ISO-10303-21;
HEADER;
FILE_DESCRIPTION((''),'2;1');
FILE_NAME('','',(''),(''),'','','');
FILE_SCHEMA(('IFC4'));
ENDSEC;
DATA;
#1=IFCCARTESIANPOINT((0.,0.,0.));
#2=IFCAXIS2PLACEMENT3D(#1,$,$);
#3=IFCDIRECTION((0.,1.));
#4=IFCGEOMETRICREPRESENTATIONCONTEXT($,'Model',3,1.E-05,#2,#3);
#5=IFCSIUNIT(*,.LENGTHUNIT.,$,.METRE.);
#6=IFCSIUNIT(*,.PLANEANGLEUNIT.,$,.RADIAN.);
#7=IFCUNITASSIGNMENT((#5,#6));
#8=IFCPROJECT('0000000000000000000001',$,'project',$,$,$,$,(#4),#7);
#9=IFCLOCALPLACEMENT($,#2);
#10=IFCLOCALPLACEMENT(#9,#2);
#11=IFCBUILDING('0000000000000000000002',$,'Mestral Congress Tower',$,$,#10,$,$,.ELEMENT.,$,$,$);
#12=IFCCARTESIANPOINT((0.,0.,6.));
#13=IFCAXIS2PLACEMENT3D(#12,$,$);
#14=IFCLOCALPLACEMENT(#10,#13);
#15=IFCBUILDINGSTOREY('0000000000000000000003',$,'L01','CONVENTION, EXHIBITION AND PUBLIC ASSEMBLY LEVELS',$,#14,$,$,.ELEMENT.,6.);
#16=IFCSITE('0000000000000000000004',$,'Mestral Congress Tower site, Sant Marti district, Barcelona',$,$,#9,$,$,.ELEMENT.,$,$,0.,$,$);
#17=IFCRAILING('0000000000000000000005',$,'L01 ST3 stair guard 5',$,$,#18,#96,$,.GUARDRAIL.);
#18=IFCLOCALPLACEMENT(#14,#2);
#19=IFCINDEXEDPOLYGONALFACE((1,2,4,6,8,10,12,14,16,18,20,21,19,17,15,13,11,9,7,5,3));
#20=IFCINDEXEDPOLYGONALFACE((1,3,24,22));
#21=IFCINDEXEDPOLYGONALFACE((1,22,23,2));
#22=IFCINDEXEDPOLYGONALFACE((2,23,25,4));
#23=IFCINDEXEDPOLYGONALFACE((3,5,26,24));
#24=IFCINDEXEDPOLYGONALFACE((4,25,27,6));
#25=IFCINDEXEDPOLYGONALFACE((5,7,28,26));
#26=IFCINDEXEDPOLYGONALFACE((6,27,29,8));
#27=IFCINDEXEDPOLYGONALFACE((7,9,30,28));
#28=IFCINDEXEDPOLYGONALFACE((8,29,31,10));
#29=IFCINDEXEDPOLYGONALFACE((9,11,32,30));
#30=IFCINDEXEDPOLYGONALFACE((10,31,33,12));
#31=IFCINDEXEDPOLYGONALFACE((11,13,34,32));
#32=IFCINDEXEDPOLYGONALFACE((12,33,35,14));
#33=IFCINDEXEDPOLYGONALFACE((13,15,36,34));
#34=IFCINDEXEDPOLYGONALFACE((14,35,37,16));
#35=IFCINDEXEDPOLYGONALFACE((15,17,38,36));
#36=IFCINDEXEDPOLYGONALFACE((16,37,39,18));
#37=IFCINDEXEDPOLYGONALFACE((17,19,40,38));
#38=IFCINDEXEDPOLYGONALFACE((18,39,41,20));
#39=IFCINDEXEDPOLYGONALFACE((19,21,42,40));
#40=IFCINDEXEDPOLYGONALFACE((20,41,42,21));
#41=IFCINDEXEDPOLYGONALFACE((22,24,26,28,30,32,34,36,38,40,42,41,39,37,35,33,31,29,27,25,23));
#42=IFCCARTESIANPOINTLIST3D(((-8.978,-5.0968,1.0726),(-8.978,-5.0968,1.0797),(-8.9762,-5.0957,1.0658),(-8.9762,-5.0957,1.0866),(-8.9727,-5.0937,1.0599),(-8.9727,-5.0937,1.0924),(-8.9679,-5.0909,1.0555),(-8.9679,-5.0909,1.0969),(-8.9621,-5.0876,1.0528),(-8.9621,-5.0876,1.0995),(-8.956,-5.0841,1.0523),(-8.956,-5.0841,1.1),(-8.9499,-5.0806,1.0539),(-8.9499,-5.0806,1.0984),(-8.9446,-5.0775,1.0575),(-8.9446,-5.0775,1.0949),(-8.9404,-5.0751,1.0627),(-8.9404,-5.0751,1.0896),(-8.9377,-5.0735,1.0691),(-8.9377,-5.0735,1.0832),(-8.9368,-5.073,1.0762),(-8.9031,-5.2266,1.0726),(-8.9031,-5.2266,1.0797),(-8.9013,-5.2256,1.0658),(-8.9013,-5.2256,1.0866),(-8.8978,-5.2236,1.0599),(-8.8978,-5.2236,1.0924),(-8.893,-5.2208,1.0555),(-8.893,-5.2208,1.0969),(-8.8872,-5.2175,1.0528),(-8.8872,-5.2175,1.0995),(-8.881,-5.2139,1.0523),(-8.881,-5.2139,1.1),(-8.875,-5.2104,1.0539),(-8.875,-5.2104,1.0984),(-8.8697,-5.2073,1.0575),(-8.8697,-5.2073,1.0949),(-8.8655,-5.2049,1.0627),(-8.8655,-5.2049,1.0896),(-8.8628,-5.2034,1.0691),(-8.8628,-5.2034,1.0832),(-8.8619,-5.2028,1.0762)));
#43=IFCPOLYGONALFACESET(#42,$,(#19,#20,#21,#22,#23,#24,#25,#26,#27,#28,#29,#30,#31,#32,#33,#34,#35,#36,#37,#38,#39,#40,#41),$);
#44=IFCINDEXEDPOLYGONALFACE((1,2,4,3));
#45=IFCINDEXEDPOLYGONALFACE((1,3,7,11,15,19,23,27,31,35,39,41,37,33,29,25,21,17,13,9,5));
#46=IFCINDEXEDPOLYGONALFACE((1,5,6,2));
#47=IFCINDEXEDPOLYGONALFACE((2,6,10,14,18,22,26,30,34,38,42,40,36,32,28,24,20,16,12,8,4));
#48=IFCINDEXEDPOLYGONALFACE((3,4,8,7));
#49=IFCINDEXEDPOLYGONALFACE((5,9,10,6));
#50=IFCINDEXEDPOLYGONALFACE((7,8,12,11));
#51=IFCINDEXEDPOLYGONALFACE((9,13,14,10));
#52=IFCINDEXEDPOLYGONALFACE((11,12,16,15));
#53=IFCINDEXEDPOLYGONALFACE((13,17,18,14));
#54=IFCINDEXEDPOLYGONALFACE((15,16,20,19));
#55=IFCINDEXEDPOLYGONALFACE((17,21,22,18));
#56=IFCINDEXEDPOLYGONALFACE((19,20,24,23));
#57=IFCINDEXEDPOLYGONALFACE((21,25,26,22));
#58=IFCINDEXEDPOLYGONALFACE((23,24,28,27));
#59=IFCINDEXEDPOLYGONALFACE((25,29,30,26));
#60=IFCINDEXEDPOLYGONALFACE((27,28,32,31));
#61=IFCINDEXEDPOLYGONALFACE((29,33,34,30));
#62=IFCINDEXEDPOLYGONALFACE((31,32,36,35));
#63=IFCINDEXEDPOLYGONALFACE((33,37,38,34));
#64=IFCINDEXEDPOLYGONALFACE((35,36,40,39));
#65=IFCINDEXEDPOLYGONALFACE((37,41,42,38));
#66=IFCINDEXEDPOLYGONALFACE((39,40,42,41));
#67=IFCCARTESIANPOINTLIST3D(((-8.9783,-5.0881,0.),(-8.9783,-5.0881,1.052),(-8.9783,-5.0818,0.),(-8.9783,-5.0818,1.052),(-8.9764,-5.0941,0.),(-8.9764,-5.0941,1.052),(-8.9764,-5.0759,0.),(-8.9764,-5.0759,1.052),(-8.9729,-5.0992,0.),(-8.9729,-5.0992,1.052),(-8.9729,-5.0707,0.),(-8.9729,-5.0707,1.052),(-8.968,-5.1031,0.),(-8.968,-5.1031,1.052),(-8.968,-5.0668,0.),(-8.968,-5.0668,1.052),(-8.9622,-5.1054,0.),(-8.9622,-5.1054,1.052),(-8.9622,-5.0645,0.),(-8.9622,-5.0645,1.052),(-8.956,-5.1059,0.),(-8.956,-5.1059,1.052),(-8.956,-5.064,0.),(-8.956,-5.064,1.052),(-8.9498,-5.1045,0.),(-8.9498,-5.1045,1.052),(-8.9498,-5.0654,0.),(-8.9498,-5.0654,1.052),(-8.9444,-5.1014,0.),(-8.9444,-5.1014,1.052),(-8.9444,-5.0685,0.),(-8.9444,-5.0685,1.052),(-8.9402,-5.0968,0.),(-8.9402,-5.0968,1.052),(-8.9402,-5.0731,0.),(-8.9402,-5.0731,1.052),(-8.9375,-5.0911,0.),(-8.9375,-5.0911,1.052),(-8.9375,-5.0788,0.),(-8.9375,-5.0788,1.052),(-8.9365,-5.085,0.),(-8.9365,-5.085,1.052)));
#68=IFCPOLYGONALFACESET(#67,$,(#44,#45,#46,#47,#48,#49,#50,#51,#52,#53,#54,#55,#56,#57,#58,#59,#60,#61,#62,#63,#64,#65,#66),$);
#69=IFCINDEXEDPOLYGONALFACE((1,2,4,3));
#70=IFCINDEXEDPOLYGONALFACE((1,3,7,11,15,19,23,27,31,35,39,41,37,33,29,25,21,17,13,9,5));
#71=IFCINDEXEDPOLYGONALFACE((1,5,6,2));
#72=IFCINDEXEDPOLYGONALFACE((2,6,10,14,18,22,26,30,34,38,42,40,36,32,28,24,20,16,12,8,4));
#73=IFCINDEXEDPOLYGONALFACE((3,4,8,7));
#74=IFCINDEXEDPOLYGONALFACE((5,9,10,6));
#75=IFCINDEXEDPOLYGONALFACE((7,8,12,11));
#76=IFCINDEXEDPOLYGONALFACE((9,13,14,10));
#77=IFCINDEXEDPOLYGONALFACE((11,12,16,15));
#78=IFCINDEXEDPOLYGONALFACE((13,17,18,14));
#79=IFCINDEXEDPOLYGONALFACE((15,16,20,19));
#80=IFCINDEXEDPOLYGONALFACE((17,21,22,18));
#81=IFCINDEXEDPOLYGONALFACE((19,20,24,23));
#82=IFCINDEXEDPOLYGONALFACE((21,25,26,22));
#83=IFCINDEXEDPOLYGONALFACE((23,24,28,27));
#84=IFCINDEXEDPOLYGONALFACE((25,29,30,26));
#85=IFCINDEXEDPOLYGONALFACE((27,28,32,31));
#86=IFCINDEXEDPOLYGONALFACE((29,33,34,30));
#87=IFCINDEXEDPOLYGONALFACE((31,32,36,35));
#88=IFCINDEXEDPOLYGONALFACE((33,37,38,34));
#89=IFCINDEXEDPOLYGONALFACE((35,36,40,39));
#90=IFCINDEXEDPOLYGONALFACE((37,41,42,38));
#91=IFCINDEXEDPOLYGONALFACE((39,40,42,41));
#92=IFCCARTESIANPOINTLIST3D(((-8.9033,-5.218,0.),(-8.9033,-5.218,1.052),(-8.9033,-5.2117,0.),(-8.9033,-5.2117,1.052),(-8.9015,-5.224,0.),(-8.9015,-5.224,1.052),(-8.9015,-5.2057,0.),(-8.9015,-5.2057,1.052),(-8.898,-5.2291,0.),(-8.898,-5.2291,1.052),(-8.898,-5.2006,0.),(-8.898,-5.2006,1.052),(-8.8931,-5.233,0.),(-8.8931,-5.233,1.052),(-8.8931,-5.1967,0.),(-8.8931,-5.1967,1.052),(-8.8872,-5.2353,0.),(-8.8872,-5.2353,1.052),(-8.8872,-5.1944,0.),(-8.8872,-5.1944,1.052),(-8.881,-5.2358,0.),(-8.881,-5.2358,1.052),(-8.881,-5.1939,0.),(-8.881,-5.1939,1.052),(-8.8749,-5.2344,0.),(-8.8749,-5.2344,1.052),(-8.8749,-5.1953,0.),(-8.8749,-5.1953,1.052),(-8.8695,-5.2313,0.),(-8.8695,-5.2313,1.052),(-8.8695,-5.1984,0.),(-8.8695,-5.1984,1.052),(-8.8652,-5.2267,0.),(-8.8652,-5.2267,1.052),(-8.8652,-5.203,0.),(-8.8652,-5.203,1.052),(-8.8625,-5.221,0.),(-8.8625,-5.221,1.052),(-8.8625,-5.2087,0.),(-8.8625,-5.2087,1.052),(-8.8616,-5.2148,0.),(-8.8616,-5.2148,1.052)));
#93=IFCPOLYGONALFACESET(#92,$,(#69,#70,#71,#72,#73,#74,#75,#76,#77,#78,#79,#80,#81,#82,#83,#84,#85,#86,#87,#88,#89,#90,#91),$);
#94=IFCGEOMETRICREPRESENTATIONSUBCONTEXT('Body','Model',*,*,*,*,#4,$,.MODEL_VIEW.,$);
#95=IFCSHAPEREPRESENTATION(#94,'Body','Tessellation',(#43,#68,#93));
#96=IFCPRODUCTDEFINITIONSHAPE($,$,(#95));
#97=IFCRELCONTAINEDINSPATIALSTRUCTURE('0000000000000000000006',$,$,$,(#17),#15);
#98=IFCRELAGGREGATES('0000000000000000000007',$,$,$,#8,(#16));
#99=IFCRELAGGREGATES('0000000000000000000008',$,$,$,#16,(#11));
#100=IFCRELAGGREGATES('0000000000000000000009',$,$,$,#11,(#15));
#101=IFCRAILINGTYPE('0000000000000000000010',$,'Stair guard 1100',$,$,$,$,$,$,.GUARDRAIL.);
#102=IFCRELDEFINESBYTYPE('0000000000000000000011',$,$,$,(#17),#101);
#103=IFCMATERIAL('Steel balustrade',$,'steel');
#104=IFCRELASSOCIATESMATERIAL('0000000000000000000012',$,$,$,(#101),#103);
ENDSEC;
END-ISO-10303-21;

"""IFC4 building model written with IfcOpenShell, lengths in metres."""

from ifc_helpers import new_model, si_unit, direction, frame, origin, origin_2d, place, context, subcontext, project, spatial, circle, extrude, material, type_object, element, save


model = new_model("IFC4")

# Units and contexts
model_context = context("Model", 3, precision=1e-05, world=origin(), true_north=direction((0.0, 1.0)))
body_context = subcontext(model_context, "Body", "Model", "MODEL_VIEW")
ifc_project = project(units=[si_unit("LENGTHUNIT", "METRE"), si_unit("PLANEANGLEUNIT", "RADIAN")], contexts=[model_context])

# Site, building, storey
site_placement = place(None, origin())
site = spatial("IfcSite", under=ifc_project, at=site_placement, Name="Mestral Congress Tower site, Sant Marti district, Barcelona", CompositionType="ELEMENT", RefElevation=0.0)
building_placement = place(site_placement, origin())
building = spatial("IfcBuilding", under=site, at=building_placement, Name="Mestral Congress Tower", CompositionType="ELEMENT")
storey_placement = place(building_placement, frame((0.0, 0.0, 6.0)))
storey = spatial("IfcBuildingStorey", under=building, at=storey_placement, Name="L01", Description="CONVENTION, EXHIBITION AND PUBLIC ASSEMBLY LEVELS", CompositionType="ELEMENT", Elevation=6.0)

# Railing
ifc_material_1 = material(Name="Steel balustrade", Category="steel")
railing_type_1 = type_object("IfcRailingType", Name="Stair guard 1100", PredefinedType="GUARDRAIL", material=ifc_material_1)
railing_1_placement = place(storey_placement, frame((-8.9575, -5.085, 0.0)))
element("IfcRailing", 1, at=railing_1_placement, inside=storey, type_object=railing_type_1, Name="L01 ST3 stair guard 5", PredefinedType="GUARDRAIL", context=body_context, shape_type="SweptSolid", body=[
    extrude(circle(Radius=0.0239, at=origin_2d()), frame((0.0, 0.0, 1.0762), z_axis=(0.499816, -0.866131, 0.0), x_axis=(0.866131, 0.499816, 0.0)), (0.0, 0.0, 1.0), 0.1499),
    extrude(circle(Radius=0.021, at=origin_2d()), origin(), (0.0, 0.0, 1.0), 1.052),
    extrude(circle(Radius=0.021, at=origin_2d()), frame((0.075, -0.1299, 0.0)), (0.0, 0.0, 1.0), 1.052),
])

save(model, "model.ifc")
